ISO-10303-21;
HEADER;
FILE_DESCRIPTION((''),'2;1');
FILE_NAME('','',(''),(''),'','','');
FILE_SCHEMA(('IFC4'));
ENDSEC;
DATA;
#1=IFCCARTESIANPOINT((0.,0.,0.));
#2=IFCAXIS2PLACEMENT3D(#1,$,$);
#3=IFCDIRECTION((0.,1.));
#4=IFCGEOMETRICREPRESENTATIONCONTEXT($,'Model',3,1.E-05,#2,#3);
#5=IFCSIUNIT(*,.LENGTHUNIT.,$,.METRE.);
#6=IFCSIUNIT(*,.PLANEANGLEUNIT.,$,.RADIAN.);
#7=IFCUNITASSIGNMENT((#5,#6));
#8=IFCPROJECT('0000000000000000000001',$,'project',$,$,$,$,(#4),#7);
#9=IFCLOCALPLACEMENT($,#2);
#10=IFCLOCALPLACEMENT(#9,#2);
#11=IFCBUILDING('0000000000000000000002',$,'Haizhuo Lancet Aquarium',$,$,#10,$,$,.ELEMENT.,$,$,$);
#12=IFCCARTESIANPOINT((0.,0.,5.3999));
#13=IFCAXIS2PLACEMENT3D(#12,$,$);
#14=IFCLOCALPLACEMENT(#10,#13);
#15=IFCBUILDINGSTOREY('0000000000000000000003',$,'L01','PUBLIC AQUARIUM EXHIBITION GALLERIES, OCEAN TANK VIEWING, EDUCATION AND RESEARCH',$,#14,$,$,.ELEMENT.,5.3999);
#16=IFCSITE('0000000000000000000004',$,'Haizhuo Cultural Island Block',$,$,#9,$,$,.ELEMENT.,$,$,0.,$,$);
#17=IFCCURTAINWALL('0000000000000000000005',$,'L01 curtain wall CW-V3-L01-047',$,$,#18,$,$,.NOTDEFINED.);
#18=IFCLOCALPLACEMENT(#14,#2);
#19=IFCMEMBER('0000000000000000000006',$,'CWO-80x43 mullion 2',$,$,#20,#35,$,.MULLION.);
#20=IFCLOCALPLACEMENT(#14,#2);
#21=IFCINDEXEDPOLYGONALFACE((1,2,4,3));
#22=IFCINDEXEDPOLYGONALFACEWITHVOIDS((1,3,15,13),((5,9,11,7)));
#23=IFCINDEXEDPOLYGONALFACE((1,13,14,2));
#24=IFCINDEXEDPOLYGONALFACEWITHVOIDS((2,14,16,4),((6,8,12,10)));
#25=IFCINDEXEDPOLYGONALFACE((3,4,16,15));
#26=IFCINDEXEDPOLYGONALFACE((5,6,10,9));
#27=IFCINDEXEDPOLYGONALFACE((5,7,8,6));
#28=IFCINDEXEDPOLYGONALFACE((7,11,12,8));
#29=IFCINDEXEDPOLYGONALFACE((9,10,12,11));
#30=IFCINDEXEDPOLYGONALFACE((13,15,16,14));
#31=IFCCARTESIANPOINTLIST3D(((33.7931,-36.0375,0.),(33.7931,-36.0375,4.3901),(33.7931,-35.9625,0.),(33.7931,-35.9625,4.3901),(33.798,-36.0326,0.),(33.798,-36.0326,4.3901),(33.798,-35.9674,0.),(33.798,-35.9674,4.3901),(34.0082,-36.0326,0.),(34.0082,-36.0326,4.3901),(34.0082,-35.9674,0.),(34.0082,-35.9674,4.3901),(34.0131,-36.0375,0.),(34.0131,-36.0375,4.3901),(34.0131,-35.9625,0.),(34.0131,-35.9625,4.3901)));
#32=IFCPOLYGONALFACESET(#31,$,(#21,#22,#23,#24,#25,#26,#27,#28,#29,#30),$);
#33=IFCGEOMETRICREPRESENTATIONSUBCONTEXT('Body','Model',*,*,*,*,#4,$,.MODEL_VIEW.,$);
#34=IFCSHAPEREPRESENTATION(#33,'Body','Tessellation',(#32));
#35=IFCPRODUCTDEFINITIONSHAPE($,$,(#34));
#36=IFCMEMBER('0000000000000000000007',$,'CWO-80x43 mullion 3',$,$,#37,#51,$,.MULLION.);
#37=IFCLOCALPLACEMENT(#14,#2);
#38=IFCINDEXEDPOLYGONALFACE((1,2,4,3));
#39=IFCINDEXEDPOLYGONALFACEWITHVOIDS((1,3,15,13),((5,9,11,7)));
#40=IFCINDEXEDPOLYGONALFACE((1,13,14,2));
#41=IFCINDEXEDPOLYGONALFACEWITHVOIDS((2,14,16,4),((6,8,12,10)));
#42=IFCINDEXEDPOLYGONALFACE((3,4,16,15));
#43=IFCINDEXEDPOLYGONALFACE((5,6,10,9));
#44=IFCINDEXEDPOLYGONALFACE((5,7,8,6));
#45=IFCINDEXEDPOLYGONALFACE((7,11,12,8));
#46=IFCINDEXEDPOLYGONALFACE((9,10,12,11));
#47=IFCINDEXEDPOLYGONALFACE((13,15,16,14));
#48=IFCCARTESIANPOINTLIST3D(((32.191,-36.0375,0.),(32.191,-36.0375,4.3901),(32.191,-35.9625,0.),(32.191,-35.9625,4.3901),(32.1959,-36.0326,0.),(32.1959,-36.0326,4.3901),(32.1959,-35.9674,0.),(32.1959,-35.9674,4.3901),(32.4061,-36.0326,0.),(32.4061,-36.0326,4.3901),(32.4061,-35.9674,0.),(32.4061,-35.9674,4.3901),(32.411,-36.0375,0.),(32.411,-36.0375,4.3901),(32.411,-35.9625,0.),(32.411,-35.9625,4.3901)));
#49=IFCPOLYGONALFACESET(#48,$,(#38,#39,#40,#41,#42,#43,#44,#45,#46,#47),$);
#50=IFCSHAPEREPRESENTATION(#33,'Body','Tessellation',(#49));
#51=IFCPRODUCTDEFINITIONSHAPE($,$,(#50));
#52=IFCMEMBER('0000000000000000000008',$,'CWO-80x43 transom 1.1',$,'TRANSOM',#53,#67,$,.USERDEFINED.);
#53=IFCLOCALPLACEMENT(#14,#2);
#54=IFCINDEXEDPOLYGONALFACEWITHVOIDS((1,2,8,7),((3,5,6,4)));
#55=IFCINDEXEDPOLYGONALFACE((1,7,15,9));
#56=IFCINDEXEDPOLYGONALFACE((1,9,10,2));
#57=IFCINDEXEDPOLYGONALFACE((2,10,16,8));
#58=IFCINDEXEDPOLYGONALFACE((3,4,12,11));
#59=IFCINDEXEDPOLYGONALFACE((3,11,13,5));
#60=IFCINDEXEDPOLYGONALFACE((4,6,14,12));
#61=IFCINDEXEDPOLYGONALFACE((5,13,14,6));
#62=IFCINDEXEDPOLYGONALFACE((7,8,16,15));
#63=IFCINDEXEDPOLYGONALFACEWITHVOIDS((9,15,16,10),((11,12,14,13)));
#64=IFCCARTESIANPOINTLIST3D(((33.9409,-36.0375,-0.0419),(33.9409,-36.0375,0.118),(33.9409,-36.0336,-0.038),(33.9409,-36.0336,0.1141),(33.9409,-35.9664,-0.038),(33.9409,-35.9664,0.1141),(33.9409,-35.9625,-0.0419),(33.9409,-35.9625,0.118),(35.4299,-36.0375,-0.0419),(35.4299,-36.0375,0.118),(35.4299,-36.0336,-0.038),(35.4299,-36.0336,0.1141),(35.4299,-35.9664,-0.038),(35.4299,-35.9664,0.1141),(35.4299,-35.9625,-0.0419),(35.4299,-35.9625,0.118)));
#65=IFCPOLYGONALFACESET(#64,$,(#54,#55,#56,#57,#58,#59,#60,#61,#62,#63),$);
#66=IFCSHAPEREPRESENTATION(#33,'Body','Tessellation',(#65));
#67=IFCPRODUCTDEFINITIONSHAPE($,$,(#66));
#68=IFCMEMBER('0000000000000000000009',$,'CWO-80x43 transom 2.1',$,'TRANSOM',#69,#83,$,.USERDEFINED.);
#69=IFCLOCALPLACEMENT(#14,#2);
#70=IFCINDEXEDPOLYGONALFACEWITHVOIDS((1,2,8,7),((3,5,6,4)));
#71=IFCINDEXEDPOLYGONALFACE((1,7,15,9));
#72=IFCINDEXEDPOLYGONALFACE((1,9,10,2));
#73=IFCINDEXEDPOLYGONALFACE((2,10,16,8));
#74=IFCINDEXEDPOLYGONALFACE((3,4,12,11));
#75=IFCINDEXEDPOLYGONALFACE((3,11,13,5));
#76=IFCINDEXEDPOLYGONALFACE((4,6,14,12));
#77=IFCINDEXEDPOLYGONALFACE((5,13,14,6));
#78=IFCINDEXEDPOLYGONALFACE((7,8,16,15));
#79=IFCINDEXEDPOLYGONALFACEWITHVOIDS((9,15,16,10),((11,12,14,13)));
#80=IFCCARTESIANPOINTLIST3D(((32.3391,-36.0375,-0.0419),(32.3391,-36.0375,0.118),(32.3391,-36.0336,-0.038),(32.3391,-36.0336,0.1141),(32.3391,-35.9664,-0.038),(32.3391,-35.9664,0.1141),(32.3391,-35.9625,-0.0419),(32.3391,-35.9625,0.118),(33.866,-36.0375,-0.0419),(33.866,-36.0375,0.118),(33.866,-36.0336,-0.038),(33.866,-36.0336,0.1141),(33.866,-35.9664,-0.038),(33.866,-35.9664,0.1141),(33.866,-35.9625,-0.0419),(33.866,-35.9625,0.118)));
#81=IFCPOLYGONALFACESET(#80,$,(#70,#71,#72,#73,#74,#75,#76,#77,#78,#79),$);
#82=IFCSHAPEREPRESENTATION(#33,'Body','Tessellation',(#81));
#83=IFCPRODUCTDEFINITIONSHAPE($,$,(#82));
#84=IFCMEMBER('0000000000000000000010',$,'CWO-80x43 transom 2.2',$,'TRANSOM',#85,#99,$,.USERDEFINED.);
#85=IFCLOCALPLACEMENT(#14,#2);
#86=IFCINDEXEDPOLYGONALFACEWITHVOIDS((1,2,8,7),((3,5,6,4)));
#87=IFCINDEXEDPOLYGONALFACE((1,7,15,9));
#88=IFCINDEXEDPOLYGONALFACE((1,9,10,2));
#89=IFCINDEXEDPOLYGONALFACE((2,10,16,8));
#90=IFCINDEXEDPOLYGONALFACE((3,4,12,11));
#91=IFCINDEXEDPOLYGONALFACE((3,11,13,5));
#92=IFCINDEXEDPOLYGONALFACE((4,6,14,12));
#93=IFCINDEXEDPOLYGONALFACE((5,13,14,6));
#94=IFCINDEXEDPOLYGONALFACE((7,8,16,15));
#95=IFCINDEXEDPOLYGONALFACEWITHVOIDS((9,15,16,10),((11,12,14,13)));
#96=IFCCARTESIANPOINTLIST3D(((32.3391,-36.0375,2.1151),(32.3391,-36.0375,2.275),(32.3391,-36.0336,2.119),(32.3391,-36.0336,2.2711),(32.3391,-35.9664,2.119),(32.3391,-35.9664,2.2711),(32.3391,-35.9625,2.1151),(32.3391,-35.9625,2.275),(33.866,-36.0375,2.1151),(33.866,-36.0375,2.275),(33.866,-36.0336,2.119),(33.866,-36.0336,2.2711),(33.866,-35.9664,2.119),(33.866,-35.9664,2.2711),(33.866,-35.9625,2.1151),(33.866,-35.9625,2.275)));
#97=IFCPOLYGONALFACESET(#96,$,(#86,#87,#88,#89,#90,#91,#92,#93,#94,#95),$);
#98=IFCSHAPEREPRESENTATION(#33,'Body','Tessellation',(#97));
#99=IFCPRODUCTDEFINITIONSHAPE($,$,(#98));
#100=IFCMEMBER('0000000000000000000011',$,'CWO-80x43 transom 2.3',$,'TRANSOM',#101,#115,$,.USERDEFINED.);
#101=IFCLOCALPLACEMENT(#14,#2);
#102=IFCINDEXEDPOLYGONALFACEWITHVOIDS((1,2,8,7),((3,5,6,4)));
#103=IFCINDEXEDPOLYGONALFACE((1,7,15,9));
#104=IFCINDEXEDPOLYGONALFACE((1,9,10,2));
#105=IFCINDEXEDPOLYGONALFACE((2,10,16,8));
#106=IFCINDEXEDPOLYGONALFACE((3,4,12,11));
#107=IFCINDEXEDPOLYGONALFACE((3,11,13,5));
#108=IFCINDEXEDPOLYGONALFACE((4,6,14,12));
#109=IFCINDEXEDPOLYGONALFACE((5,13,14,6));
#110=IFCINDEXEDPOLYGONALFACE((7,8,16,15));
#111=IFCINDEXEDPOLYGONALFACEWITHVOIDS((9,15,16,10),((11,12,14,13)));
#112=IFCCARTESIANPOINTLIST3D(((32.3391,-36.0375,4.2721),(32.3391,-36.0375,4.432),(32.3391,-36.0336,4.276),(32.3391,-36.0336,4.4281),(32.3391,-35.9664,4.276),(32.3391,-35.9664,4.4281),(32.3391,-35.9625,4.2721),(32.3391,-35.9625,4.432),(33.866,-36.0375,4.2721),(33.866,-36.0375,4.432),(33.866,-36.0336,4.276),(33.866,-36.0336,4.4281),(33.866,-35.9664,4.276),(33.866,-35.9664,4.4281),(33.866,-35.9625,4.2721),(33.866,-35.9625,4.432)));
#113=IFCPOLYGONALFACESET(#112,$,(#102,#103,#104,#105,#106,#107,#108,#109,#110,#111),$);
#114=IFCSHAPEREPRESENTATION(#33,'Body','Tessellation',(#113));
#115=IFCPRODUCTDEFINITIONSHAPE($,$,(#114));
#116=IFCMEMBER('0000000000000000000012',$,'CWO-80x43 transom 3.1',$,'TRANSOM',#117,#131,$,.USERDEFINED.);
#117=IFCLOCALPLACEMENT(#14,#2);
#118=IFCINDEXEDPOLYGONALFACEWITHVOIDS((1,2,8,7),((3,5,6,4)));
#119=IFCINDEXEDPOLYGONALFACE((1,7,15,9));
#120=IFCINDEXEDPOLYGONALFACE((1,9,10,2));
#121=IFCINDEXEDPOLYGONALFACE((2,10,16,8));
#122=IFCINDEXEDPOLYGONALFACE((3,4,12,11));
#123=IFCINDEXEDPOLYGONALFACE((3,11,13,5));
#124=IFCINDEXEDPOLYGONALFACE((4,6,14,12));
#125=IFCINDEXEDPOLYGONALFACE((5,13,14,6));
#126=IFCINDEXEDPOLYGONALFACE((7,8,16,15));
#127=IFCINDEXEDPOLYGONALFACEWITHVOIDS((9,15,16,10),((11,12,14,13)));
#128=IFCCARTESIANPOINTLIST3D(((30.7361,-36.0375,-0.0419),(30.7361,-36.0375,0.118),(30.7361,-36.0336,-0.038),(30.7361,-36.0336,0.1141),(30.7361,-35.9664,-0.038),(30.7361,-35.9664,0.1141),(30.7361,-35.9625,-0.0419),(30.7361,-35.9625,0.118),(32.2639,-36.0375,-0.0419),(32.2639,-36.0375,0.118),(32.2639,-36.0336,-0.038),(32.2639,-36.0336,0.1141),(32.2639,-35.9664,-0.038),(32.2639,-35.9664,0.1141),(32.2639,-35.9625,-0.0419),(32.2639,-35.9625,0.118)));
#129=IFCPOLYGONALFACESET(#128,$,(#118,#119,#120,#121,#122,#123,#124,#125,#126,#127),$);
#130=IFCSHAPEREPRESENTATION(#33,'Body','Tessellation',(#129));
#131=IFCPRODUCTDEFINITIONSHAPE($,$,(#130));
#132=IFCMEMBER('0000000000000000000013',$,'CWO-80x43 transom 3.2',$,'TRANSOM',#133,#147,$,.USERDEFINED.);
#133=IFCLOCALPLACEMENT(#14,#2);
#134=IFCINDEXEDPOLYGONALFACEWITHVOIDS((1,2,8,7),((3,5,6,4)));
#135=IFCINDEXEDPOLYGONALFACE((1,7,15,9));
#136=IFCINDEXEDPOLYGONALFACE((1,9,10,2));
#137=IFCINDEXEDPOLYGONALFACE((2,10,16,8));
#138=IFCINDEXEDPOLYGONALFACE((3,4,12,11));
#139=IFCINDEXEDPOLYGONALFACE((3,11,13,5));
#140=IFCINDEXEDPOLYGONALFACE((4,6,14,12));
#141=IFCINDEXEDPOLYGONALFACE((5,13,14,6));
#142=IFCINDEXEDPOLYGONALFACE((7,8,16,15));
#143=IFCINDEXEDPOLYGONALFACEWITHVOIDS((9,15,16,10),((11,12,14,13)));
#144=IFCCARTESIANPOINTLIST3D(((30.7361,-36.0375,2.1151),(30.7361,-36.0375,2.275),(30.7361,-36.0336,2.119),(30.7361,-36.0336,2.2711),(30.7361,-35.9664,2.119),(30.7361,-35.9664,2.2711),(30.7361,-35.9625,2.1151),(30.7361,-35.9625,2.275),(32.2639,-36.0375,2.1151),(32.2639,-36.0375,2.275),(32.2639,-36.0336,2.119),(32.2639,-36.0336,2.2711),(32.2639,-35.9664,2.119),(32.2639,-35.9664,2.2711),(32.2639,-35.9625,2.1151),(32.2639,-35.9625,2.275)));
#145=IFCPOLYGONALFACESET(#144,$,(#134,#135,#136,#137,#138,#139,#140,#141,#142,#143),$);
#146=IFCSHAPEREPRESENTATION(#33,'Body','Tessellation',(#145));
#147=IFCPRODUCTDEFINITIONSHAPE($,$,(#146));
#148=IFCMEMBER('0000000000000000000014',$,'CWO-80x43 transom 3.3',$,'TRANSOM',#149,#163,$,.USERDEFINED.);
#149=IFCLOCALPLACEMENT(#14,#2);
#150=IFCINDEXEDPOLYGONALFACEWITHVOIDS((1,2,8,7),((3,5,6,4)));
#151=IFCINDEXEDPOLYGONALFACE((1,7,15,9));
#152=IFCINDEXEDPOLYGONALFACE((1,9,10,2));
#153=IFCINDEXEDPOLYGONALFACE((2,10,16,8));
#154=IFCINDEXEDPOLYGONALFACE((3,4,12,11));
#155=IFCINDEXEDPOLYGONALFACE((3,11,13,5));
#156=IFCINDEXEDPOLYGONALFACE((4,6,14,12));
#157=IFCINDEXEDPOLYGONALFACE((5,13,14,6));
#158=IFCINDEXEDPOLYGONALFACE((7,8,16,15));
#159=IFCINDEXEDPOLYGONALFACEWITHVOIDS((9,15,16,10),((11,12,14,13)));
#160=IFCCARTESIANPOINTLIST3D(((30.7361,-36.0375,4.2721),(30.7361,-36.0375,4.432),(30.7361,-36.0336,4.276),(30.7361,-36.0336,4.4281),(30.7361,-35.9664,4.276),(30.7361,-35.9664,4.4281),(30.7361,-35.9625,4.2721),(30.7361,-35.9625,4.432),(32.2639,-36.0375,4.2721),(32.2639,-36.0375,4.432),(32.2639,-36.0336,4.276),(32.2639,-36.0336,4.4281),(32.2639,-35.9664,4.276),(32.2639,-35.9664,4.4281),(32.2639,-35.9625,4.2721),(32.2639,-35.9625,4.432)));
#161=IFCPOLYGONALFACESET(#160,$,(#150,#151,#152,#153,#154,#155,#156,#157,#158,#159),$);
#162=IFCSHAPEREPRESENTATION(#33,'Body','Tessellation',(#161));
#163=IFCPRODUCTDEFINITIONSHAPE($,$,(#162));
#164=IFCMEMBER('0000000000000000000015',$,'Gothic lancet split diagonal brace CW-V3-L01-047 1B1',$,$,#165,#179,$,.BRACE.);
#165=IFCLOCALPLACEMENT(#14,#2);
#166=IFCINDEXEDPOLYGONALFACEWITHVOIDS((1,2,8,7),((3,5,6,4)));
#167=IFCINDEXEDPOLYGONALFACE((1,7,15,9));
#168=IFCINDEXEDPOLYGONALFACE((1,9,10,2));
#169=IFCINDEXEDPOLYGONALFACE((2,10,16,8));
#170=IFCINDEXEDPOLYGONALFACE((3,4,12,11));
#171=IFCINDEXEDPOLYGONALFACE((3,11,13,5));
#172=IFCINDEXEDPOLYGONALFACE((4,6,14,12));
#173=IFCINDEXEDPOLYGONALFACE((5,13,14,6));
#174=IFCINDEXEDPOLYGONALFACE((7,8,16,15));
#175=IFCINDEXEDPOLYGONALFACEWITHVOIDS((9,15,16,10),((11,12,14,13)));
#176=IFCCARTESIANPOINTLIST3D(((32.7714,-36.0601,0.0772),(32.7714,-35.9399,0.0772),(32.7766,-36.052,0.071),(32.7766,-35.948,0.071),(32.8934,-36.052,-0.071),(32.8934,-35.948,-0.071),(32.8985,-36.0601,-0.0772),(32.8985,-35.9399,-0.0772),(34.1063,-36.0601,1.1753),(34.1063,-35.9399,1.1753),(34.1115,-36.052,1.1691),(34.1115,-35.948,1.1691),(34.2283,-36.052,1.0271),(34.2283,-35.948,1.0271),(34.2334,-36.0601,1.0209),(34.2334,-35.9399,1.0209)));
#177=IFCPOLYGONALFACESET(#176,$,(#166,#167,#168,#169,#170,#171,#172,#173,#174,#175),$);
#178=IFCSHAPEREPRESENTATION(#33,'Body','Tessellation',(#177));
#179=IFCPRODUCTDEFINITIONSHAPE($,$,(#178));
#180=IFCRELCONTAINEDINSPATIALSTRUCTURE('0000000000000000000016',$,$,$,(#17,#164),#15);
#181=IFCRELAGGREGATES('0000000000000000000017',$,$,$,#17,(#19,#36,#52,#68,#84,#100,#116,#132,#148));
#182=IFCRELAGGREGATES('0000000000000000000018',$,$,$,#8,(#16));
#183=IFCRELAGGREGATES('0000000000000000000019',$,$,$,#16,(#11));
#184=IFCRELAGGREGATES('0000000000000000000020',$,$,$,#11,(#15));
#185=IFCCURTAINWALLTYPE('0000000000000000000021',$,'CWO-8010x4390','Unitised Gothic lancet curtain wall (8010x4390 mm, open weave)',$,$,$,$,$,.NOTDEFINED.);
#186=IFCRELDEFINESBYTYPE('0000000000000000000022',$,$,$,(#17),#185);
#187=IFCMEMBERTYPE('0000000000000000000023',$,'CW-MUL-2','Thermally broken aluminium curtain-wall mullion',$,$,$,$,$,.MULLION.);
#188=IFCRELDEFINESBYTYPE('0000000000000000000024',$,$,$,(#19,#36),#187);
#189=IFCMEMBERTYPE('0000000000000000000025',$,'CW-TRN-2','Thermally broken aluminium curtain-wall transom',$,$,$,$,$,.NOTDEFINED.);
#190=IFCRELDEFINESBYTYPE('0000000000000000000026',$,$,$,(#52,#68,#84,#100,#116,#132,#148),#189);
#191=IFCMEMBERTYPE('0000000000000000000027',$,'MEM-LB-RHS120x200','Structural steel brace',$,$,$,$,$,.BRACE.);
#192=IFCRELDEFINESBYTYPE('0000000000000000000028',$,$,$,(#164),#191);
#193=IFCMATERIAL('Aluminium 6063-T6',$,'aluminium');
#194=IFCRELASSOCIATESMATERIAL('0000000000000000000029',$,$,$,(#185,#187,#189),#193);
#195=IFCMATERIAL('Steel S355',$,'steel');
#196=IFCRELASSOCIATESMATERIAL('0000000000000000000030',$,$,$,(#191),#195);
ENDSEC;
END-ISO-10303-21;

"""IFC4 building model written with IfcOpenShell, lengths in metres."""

from ifc_helpers import new_model, si_unit, direction, frame, origin, origin_2d, place, context, subcontext, project, spatial, hollow_rectangle, extrude, material, material_profile, profile_set, type_object, element, aggregate, save


model = new_model("IFC4")

# Units and contexts
model_context = context("Model", 3, precision=1e-05, world=origin(), true_north=direction((0.0, 1.0)))
body_context = subcontext(model_context, "Body", "Model", "MODEL_VIEW")
ifc_project = project(units=[si_unit("LENGTHUNIT", "METRE"), si_unit("PLANEANGLEUNIT", "RADIAN")], contexts=[model_context])

# Site, building, storey
site_placement = place(None, origin())
site = spatial("IfcSite", under=ifc_project, at=site_placement, Name="Haizhuo Cultural Island Block", CompositionType="ELEMENT", RefElevation=0.0)
building_placement = place(site_placement, origin())
building = spatial("IfcBuilding", under=site, at=building_placement, Name="Haizhuo Lancet Aquarium", CompositionType="ELEMENT")
storey_placement = place(building_placement, frame((0.0, 0.0, 5.3999)))
storey = spatial("IfcBuildingStorey", under=building, at=storey_placement, Name="L01", Description="PUBLIC AQUARIUM EXHIBITION GALLERIES, OCEAN TANK VIEWING, EDUCATION AND RESEARCH", CompositionType="ELEMENT", Elevation=5.3999)

# Curtain wall, members
ifc_material_1 = material(Name="Aluminium 6063-T6", Category="aluminium")
curtain_wall_type = type_object("IfcCurtainWallType", Name="CWO-8010x4390", Description="Unitised Gothic lancet curtain wall (8010x4390 mm, open weave)", PredefinedType="NOTDEFINED", material=ifc_material_1)
curtain_wall_placement = place(storey_placement, origin())
curtain_wall = element("IfcCurtainWall", 1, at=curtain_wall_placement, inside=storey, type_object=curtain_wall_type, Name="L01 curtain wall CW-V3-L01-047", PredefinedType="NOTDEFINED")
ifc_material_profile_1 = material_profile(ifc_material_1, hollow_rectangle(XDim=0.075, YDim=0.22, WallThickness=0.0049, at=origin_2d()), Name="ALU-M 75x220x5")
ifc_profile_set_1 = profile_set([ifc_material_profile_1], Name="Aluminium 6063-T6")
member_type_1 = type_object("IfcMemberType", Name="CW-MUL-2", Description="Thermally broken aluminium curtain-wall mullion", PredefinedType="MULLION", material=ifc_profile_set_1)
member_1_placement = place(storey_placement, frame((33.9031, -36.0, 0.0), z_axis=(0.0, 0.0, 1.0), x_axis=(0.0, -1.0, 0.0)))
member_1 = element("IfcMember", 2, at=member_1_placement, type_object=member_type_1, Name="CWO-80x43 mullion 2", PredefinedType="MULLION", context=body_context, shape_type="SweptSolid", body=[
    extrude(hollow_rectangle(XDim=0.075, YDim=0.22, WallThickness=0.0049, at=origin_2d()), origin(), (0.0, 0.0, 1.0), 4.3901),
])
member_2_placement = place(storey_placement, frame((32.301, -36.0, 0.0), z_axis=(0.0, 0.0, 1.0), x_axis=(0.0, -1.0, 0.0)))
member_2 = element("IfcMember", 3, at=member_2_placement, type_object=member_type_1, Name="CWO-80x43 mullion 3", PredefinedType="MULLION", context=body_context, shape_type="SweptSolid", body=[
    extrude(hollow_rectangle(XDim=0.075, YDim=0.22, WallThickness=0.0049, at=origin_2d()), origin(), (0.0, 0.0, 1.0), 4.3901),
])
ifc_material_profile_2 = material_profile(ifc_material_1, hollow_rectangle(XDim=0.075, YDim=0.1599, WallThickness=0.0039, at=origin_2d()), Name="ALU-T 75x160x4")
ifc_profile_set_2 = profile_set([ifc_material_profile_2], Name="Aluminium 6063-T6")
member_type_2 = type_object("IfcMemberType", Name="CW-TRN-2", Description="Thermally broken aluminium curtain-wall transom", PredefinedType="NOTDEFINED", material=ifc_profile_set_2)
member_3_placement = place(storey_placement, frame((35.4299, -36.0, 0.0381), z_axis=(-1.0, 0.0, 0.0), x_axis=(0.0, -1.0, 0.0)))
member_3 = element("IfcMember", 4, at=member_3_placement, type_object=member_type_2, Name="CWO-80x43 transom 1.1", ObjectType="TRANSOM", PredefinedType="USERDEFINED", context=body_context, shape_type="SweptSolid", body=[
    extrude(hollow_rectangle(XDim=0.075, YDim=0.1599, WallThickness=0.0039, at=origin_2d()), origin(), (0.0, 0.0, 1.0), 1.489),
])
member_4_placement = place(storey_placement, frame((33.866, -36.0, 0.0381), z_axis=(-1.0, 0.0, 0.0), x_axis=(0.0, -1.0, 0.0)))
member_4 = element("IfcMember", 5, at=member_4_placement, type_object=member_type_2, Name="CWO-80x43 transom 2.1", ObjectType="TRANSOM", PredefinedType="USERDEFINED", context=body_context, shape_type="SweptSolid", body=[
    extrude(hollow_rectangle(XDim=0.075, YDim=0.1599, WallThickness=0.0039, at=origin_2d()), origin(), (0.0, 0.0, 1.0), 1.5269),
])
member_5_placement = place(storey_placement, frame((33.866, -36.0, 2.1951), z_axis=(-1.0, 0.0, 0.0), x_axis=(0.0, -1.0, 0.0)))
member_5 = element("IfcMember", 6, at=member_5_placement, type_object=member_type_2, Name="CWO-80x43 transom 2.2", ObjectType="TRANSOM", PredefinedType="USERDEFINED", context=body_context, shape_type="SweptSolid", body=[
    extrude(hollow_rectangle(XDim=0.075, YDim=0.1599, WallThickness=0.0039, at=origin_2d()), origin(), (0.0, 0.0, 1.0), 1.5269),
])
member_6_placement = place(storey_placement, frame((33.866, -36.0, 4.3521), z_axis=(-1.0, 0.0, 0.0), x_axis=(0.0, -1.0, 0.0)))
member_6 = element("IfcMember", 7, at=member_6_placement, type_object=member_type_2, Name="CWO-80x43 transom 2.3", ObjectType="TRANSOM", PredefinedType="USERDEFINED", context=body_context, shape_type="SweptSolid", body=[
    extrude(hollow_rectangle(XDim=0.075, YDim=0.1599, WallThickness=0.0039, at=origin_2d()), origin(), (0.0, 0.0, 1.0), 1.5269),
])
member_7_placement = place(storey_placement, frame((32.2639, -36.0, 0.0381), z_axis=(-1.0, 0.0, 0.0), x_axis=(0.0, -1.0, 0.0)))
member_7 = element("IfcMember", 8, at=member_7_placement, type_object=member_type_2, Name="CWO-80x43 transom 3.1", ObjectType="TRANSOM", PredefinedType="USERDEFINED", context=body_context, shape_type="SweptSolid", body=[
    extrude(hollow_rectangle(XDim=0.075, YDim=0.1599, WallThickness=0.0039, at=origin_2d()), origin(), (0.0, 0.0, 1.0), 1.5278),
])
member_8_placement = place(storey_placement, frame((32.2639, -36.0, 2.1951), z_axis=(-1.0, 0.0, 0.0), x_axis=(0.0, -1.0, 0.0)))
member_8 = element("IfcMember", 9, at=member_8_placement, type_object=member_type_2, Name="CWO-80x43 transom 3.2", ObjectType="TRANSOM", PredefinedType="USERDEFINED", context=body_context, shape_type="SweptSolid", body=[
    extrude(hollow_rectangle(XDim=0.075, YDim=0.1599, WallThickness=0.0039, at=origin_2d()), origin(), (0.0, 0.0, 1.0), 1.5278),
])
member_9_placement = place(storey_placement, frame((32.2639, -36.0, 4.3521), z_axis=(-1.0, 0.0, 0.0), x_axis=(0.0, -1.0, 0.0)))
member_9 = element("IfcMember", 10, at=member_9_placement, type_object=member_type_2, Name="CWO-80x43 transom 3.3", ObjectType="TRANSOM", PredefinedType="USERDEFINED", context=body_context, shape_type="SweptSolid", body=[
    extrude(hollow_rectangle(XDim=0.075, YDim=0.1599, WallThickness=0.0039, at=origin_2d()), origin(), (0.0, 0.0, 1.0), 1.5278),
])

# Member
ifc_material_2 = material(Name="Steel S355", Category="steel")
ifc_material_profile_3 = material_profile(ifc_material_2, hollow_rectangle(XDim=0.1201, YDim=0.2, WallThickness=0.0081, at=origin_2d()), Name="RHS 120x200x8")
ifc_profile_set_3 = profile_set([ifc_material_profile_3], Name="Steel S355")
member_type_3 = type_object("IfcMemberType", Name="MEM-LB-RHS120x200", Description="Structural steel brace", PredefinedType="BRACE", material=ifc_profile_set_3)
member_10_placement = place(storey_placement, frame((32.835, -36.0, 0.0), z_axis=(0.772281, 0.0, 0.635281), x_axis=(0.0, 1.0, 0.0)))
element("IfcMember", 11, at=member_10_placement, inside=storey, type_object=member_type_3, Name="Gothic lancet split diagonal brace CW-V3-L01-047 1B1", PredefinedType="BRACE", context=body_context, shape_type="SweptSolid", body=[
    extrude(hollow_rectangle(XDim=0.1201, YDim=0.2, WallThickness=0.0081, at=origin_2d()), origin(), (0.0, 0.0, 1.0), 1.7285),
])

aggregate(curtain_wall, [member_1, member_2, member_3, member_4, member_5, member_6, member_7, member_8, member_9])

save(model, "model.ifc")
